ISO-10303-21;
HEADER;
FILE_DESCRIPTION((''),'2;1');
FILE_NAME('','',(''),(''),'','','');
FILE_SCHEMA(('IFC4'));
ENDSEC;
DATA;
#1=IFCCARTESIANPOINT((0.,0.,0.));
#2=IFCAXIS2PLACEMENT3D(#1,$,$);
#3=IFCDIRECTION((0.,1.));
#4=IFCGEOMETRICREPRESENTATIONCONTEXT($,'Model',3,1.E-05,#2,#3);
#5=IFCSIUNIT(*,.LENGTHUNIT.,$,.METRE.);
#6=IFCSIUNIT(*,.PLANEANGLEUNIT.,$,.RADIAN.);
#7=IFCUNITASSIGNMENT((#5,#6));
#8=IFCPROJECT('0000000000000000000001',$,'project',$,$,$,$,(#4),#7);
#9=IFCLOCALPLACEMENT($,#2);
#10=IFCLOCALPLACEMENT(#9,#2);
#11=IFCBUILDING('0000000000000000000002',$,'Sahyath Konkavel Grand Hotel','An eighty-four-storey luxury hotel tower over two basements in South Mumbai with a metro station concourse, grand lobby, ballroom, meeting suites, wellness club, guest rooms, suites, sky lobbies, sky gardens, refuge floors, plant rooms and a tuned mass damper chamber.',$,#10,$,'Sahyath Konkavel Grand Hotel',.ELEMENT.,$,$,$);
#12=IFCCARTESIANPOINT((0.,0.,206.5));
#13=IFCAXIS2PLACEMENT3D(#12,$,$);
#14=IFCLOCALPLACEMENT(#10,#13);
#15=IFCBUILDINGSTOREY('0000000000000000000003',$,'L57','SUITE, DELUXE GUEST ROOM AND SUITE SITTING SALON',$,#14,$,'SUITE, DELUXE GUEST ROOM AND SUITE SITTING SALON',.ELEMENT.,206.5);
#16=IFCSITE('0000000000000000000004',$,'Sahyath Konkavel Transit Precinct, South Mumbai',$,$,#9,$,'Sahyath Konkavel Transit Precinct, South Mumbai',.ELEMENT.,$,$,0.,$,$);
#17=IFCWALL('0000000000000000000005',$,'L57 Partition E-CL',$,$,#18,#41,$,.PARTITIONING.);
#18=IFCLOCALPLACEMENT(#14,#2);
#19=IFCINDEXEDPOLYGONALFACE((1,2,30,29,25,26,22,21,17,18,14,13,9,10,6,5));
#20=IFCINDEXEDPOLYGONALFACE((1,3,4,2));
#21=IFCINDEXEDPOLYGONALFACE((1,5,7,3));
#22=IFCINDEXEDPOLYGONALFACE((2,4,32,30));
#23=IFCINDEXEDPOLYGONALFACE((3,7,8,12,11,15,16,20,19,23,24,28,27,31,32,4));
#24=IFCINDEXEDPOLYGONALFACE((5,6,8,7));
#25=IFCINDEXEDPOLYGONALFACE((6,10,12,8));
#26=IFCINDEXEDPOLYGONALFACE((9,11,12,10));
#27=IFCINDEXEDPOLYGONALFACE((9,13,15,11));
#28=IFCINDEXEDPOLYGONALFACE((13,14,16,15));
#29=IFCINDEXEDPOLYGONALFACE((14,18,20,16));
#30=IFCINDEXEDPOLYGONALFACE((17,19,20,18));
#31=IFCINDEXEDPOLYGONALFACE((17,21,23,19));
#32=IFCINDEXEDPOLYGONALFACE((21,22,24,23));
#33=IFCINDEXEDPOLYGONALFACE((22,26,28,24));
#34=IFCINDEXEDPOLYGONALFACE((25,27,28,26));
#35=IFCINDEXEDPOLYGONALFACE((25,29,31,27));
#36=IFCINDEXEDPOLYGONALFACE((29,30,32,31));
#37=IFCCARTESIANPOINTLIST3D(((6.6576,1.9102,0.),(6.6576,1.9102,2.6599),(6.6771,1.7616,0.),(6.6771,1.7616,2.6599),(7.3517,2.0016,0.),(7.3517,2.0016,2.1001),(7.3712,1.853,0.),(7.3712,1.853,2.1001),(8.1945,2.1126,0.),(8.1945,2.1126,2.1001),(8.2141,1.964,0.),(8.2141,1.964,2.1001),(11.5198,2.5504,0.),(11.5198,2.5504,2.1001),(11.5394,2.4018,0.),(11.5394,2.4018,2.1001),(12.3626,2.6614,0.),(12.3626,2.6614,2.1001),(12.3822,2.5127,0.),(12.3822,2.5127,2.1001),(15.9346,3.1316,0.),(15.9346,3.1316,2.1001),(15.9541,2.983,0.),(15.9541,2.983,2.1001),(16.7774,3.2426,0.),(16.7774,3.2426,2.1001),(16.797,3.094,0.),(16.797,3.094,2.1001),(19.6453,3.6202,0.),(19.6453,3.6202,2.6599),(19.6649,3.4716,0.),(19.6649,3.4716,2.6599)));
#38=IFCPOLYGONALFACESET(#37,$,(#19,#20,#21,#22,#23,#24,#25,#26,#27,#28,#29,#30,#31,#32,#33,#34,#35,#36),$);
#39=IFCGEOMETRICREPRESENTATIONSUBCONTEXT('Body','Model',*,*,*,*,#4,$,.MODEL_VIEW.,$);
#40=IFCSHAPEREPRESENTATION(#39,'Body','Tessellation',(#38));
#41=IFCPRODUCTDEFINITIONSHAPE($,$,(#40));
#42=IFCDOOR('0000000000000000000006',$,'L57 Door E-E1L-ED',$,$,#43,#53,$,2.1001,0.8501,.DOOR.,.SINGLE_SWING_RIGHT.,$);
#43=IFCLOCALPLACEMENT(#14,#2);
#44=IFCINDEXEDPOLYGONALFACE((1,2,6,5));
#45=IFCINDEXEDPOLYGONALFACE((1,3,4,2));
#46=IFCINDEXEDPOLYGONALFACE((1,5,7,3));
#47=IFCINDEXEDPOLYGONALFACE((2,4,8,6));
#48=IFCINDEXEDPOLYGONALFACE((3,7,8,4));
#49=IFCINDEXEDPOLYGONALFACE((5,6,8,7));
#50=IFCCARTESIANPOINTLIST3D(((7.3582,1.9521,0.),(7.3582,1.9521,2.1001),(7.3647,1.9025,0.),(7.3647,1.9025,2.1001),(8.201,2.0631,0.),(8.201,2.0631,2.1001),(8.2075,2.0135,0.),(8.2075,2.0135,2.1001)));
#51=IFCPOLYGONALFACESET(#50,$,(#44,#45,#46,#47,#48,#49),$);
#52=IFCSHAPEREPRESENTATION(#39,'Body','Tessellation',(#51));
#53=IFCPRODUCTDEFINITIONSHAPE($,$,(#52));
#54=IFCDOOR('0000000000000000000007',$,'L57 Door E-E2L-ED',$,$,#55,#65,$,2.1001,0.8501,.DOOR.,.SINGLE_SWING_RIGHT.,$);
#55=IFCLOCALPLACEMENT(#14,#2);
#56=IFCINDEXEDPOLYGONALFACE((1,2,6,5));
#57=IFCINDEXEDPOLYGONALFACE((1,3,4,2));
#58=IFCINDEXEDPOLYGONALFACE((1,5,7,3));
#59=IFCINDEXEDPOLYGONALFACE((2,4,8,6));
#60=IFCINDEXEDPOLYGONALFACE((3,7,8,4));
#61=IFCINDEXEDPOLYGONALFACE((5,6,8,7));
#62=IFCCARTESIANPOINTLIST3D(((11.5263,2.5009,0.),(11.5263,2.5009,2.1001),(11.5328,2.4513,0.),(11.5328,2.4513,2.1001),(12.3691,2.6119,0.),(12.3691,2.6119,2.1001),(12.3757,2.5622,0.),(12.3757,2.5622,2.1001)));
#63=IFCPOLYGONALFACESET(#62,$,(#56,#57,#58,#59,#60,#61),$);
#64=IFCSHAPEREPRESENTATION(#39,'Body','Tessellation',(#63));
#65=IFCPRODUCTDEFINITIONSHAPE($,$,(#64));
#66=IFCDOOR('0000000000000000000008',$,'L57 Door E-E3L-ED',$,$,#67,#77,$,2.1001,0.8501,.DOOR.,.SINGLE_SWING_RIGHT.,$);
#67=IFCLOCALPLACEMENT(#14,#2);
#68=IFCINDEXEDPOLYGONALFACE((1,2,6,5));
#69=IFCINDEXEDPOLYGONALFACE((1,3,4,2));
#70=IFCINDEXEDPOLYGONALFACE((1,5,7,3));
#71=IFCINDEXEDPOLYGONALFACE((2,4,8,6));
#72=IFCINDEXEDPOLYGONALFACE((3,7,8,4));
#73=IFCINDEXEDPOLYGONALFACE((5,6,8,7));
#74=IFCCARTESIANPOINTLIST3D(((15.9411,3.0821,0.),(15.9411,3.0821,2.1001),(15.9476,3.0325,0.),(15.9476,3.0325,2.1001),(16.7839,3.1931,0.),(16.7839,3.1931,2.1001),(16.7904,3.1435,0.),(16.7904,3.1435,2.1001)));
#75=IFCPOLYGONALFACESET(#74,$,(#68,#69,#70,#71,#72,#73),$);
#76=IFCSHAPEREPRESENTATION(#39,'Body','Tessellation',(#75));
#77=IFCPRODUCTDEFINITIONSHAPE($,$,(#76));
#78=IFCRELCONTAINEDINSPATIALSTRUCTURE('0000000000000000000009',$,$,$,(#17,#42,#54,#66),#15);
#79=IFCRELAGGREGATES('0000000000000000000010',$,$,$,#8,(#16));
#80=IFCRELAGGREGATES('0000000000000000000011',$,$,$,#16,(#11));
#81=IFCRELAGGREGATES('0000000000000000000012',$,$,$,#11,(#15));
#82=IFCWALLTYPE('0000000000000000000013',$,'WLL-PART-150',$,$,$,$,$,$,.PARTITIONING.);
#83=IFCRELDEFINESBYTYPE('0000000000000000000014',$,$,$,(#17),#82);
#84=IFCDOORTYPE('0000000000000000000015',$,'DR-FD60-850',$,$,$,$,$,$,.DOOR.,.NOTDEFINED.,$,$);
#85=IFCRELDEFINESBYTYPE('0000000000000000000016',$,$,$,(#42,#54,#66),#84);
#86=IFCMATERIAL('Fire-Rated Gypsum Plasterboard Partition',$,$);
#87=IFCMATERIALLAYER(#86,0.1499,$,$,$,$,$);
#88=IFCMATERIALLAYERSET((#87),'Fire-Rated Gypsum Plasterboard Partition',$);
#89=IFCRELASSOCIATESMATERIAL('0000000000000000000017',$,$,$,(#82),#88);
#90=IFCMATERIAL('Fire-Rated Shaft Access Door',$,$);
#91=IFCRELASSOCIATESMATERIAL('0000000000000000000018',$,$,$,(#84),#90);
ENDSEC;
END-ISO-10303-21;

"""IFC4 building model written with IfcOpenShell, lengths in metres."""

from ifc_helpers import new_model, si_unit, direction, frame, frame_2d, origin, origin_2d, place, context, subcontext, project, spatial, rectangle, extrude, source, transform, mapped, material, layer, layer_set, type_object, element, fill, save


model = new_model("IFC4")

# Units and contexts
model_context = context("Model", 3, precision=1e-05, world=origin(), true_north=direction((0.0, 1.0)))
body_context = subcontext(model_context, "Body", "Model", "MODEL_VIEW")
ifc_project = project(units=[si_unit("LENGTHUNIT", "METRE"), si_unit("PLANEANGLEUNIT", "RADIAN")], contexts=[model_context])

# Site, building, storey
site_placement = place(None, origin())
site = spatial("IfcSite", under=ifc_project, at=site_placement, Name="Sahyath Konkavel Transit Precinct, South Mumbai", LongName="Sahyath Konkavel Transit Precinct, South Mumbai", CompositionType="ELEMENT", RefElevation=0.0)
building_placement = place(site_placement, origin())
building = spatial("IfcBuilding", under=site, at=building_placement, Name="Sahyath Konkavel Grand Hotel", Description="An eighty-four-storey luxury hotel tower over two basements in South Mumbai with a metro station concourse, grand lobby, ballroom, meeting suites, wellness club, guest rooms, suites, sky lobbies, sky gardens, refuge floors, plant rooms and a tuned mass damper chamber.", LongName="Sahyath Konkavel Grand Hotel", CompositionType="ELEMENT")
storey_placement = place(building_placement, frame((0.0, 0.0, 206.5)))
storey = spatial("IfcBuildingStorey", under=building, at=storey_placement, Name="L57", Description="SUITE, DELUXE GUEST ROOM AND SUITE SITTING SALON", LongName="SUITE, DELUXE GUEST ROOM AND SUITE SITTING SALON", CompositionType="ELEMENT", Elevation=206.5)

# Wall, openings, doors
ifc_material_1 = material(Name="Fire-Rated Gypsum Plasterboard Partition")
ifc_layer_1 = layer(ifc_material_1, 0.1499)
ifc_layer_set_1 = layer_set([ifc_layer_1], Name="Fire-Rated Gypsum Plasterboard Partition")
wall_type_1 = type_object("IfcWallType", Name="WLL-PART-150", PredefinedType="PARTITIONING", material=ifc_layer_set_1)
wall_1_placement = place(storey_placement, frame((6.6675, 1.8359, 0.0), z_axis=(0.0, 0.0, 1.0), x_axis=(0.991444, 0.130533, 0.0)))
wall_1 = element("IfcWall", 1, at=wall_1_placement, inside=storey, type_object=wall_type_1, Name="L57 Partition E-CL", PredefinedType="PARTITIONING", context=body_context, shape_type="SweptSolid", body=[
    extrude(rectangle(XDim=13.0999, YDim=0.1499, at=frame_2d((6.5498, 0.0))), origin(), (0.0, 0.0, 1.0), 2.6599),
])
opening_1_placement = place(wall_1_placement, frame((0.7, 0.0, 0.0)))
opening_1 = element("IfcOpeningElement", 2, at=opening_1_placement, cuts=wall_1, PredefinedType="OPENING", context=body_context, shape_type="SweptSolid", body=[
    extrude(rectangle(XDim=0.8501, YDim=2.1001, at=frame_2d((0.425, 1.05))), frame((0.0, 0.085, 0.0), z_axis=(0.0, -1.0, 0.0), x_axis=(1.0, 0.0, 0.0)), (0.0, 0.0, 1.0), 0.1699),
])
opening_2_placement = place(wall_1_placement, frame((4.9041, 0.0, 0.0)))
opening_2 = element("IfcOpeningElement", 3, at=opening_2_placement, cuts=wall_1, PredefinedType="OPENING", context=body_context, shape_type="SweptSolid", body=[
    extrude(rectangle(XDim=0.8501, YDim=2.1001, at=frame_2d((0.425, 1.05))), frame((0.0, 0.085, 0.0), z_axis=(0.0, -1.0, 0.0), x_axis=(1.0, 0.0, 0.0)), (0.0, 0.0, 1.0), 0.1699),
])
opening_3_placement = place(wall_1_placement, frame((9.3569, 0.0, 0.0)))
opening_3 = element("IfcOpeningElement", 4, at=opening_3_placement, cuts=wall_1, PredefinedType="OPENING", context=body_context, shape_type="SweptSolid", body=[
    extrude(rectangle(XDim=0.8501, YDim=2.1001, at=frame_2d((0.425, 1.05))), frame((0.0, 0.085, 0.0), z_axis=(0.0, -1.0, 0.0), x_axis=(1.0, 0.0, 0.0)), (0.0, 0.0, 1.0), 0.1699),
])
ifc_material_2 = material(Name="Fire-Rated Shaft Access Door")
door_type_1 = type_object("IfcDoorType", Name="DR-FD60-850", OperationType="NOTDEFINED", PredefinedType="DOOR", material=ifc_material_2)
shared_shape_1 = source(origin(), body_context, "Body", "SweptSolid", [
    extrude(rectangle(XDim=0.8501, YDim=0.05, at=origin_2d()), origin(), (0.0, 0.0, 1.0), 2.1001),
])
door_1_placement = place(opening_1_placement, frame((0.425, 0.0, 0.0)))
door_1 = element("IfcDoor", 5, at=door_1_placement, inside=storey, type_object=door_type_1, Name="L57 Door E-E1L-ED", OperationType="SINGLE_SWING_RIGHT", OverallHeight=2.1001, OverallWidth=0.8501, PredefinedType="DOOR", context=body_context, shape_type="MappedRepresentation", body=[
    mapped(shared_shape_1, transform((0.0, 0.0, 0.0), scale=1.0)),
])
fill(opening_1, door_1)
door_2_placement = place(opening_2_placement, frame((0.425, 0.0, 0.0)))
door_2 = element("IfcDoor", 6, at=door_2_placement, inside=storey, type_object=door_type_1, Name="L57 Door E-E2L-ED", OperationType="SINGLE_SWING_RIGHT", OverallHeight=2.1001, OverallWidth=0.8501, PredefinedType="DOOR", context=body_context, shape_type="MappedRepresentation", body=[
    mapped(shared_shape_1, transform((0.0, 0.0, 0.0), scale=1.0)),
])
fill(opening_2, door_2)
door_3_placement = place(opening_3_placement, frame((0.425, 0.0, 0.0)))
door_3 = element("IfcDoor", 7, at=door_3_placement, inside=storey, type_object=door_type_1, Name="L57 Door E-E3L-ED", OperationType="SINGLE_SWING_RIGHT", OverallHeight=2.1001, OverallWidth=0.8501, PredefinedType="DOOR", context=body_context, shape_type="MappedRepresentation", body=[
    mapped(shared_shape_1, transform((0.0, 0.0, 0.0), scale=1.0)),
])
fill(opening_3, door_3)

save(model, "model.ifc")
